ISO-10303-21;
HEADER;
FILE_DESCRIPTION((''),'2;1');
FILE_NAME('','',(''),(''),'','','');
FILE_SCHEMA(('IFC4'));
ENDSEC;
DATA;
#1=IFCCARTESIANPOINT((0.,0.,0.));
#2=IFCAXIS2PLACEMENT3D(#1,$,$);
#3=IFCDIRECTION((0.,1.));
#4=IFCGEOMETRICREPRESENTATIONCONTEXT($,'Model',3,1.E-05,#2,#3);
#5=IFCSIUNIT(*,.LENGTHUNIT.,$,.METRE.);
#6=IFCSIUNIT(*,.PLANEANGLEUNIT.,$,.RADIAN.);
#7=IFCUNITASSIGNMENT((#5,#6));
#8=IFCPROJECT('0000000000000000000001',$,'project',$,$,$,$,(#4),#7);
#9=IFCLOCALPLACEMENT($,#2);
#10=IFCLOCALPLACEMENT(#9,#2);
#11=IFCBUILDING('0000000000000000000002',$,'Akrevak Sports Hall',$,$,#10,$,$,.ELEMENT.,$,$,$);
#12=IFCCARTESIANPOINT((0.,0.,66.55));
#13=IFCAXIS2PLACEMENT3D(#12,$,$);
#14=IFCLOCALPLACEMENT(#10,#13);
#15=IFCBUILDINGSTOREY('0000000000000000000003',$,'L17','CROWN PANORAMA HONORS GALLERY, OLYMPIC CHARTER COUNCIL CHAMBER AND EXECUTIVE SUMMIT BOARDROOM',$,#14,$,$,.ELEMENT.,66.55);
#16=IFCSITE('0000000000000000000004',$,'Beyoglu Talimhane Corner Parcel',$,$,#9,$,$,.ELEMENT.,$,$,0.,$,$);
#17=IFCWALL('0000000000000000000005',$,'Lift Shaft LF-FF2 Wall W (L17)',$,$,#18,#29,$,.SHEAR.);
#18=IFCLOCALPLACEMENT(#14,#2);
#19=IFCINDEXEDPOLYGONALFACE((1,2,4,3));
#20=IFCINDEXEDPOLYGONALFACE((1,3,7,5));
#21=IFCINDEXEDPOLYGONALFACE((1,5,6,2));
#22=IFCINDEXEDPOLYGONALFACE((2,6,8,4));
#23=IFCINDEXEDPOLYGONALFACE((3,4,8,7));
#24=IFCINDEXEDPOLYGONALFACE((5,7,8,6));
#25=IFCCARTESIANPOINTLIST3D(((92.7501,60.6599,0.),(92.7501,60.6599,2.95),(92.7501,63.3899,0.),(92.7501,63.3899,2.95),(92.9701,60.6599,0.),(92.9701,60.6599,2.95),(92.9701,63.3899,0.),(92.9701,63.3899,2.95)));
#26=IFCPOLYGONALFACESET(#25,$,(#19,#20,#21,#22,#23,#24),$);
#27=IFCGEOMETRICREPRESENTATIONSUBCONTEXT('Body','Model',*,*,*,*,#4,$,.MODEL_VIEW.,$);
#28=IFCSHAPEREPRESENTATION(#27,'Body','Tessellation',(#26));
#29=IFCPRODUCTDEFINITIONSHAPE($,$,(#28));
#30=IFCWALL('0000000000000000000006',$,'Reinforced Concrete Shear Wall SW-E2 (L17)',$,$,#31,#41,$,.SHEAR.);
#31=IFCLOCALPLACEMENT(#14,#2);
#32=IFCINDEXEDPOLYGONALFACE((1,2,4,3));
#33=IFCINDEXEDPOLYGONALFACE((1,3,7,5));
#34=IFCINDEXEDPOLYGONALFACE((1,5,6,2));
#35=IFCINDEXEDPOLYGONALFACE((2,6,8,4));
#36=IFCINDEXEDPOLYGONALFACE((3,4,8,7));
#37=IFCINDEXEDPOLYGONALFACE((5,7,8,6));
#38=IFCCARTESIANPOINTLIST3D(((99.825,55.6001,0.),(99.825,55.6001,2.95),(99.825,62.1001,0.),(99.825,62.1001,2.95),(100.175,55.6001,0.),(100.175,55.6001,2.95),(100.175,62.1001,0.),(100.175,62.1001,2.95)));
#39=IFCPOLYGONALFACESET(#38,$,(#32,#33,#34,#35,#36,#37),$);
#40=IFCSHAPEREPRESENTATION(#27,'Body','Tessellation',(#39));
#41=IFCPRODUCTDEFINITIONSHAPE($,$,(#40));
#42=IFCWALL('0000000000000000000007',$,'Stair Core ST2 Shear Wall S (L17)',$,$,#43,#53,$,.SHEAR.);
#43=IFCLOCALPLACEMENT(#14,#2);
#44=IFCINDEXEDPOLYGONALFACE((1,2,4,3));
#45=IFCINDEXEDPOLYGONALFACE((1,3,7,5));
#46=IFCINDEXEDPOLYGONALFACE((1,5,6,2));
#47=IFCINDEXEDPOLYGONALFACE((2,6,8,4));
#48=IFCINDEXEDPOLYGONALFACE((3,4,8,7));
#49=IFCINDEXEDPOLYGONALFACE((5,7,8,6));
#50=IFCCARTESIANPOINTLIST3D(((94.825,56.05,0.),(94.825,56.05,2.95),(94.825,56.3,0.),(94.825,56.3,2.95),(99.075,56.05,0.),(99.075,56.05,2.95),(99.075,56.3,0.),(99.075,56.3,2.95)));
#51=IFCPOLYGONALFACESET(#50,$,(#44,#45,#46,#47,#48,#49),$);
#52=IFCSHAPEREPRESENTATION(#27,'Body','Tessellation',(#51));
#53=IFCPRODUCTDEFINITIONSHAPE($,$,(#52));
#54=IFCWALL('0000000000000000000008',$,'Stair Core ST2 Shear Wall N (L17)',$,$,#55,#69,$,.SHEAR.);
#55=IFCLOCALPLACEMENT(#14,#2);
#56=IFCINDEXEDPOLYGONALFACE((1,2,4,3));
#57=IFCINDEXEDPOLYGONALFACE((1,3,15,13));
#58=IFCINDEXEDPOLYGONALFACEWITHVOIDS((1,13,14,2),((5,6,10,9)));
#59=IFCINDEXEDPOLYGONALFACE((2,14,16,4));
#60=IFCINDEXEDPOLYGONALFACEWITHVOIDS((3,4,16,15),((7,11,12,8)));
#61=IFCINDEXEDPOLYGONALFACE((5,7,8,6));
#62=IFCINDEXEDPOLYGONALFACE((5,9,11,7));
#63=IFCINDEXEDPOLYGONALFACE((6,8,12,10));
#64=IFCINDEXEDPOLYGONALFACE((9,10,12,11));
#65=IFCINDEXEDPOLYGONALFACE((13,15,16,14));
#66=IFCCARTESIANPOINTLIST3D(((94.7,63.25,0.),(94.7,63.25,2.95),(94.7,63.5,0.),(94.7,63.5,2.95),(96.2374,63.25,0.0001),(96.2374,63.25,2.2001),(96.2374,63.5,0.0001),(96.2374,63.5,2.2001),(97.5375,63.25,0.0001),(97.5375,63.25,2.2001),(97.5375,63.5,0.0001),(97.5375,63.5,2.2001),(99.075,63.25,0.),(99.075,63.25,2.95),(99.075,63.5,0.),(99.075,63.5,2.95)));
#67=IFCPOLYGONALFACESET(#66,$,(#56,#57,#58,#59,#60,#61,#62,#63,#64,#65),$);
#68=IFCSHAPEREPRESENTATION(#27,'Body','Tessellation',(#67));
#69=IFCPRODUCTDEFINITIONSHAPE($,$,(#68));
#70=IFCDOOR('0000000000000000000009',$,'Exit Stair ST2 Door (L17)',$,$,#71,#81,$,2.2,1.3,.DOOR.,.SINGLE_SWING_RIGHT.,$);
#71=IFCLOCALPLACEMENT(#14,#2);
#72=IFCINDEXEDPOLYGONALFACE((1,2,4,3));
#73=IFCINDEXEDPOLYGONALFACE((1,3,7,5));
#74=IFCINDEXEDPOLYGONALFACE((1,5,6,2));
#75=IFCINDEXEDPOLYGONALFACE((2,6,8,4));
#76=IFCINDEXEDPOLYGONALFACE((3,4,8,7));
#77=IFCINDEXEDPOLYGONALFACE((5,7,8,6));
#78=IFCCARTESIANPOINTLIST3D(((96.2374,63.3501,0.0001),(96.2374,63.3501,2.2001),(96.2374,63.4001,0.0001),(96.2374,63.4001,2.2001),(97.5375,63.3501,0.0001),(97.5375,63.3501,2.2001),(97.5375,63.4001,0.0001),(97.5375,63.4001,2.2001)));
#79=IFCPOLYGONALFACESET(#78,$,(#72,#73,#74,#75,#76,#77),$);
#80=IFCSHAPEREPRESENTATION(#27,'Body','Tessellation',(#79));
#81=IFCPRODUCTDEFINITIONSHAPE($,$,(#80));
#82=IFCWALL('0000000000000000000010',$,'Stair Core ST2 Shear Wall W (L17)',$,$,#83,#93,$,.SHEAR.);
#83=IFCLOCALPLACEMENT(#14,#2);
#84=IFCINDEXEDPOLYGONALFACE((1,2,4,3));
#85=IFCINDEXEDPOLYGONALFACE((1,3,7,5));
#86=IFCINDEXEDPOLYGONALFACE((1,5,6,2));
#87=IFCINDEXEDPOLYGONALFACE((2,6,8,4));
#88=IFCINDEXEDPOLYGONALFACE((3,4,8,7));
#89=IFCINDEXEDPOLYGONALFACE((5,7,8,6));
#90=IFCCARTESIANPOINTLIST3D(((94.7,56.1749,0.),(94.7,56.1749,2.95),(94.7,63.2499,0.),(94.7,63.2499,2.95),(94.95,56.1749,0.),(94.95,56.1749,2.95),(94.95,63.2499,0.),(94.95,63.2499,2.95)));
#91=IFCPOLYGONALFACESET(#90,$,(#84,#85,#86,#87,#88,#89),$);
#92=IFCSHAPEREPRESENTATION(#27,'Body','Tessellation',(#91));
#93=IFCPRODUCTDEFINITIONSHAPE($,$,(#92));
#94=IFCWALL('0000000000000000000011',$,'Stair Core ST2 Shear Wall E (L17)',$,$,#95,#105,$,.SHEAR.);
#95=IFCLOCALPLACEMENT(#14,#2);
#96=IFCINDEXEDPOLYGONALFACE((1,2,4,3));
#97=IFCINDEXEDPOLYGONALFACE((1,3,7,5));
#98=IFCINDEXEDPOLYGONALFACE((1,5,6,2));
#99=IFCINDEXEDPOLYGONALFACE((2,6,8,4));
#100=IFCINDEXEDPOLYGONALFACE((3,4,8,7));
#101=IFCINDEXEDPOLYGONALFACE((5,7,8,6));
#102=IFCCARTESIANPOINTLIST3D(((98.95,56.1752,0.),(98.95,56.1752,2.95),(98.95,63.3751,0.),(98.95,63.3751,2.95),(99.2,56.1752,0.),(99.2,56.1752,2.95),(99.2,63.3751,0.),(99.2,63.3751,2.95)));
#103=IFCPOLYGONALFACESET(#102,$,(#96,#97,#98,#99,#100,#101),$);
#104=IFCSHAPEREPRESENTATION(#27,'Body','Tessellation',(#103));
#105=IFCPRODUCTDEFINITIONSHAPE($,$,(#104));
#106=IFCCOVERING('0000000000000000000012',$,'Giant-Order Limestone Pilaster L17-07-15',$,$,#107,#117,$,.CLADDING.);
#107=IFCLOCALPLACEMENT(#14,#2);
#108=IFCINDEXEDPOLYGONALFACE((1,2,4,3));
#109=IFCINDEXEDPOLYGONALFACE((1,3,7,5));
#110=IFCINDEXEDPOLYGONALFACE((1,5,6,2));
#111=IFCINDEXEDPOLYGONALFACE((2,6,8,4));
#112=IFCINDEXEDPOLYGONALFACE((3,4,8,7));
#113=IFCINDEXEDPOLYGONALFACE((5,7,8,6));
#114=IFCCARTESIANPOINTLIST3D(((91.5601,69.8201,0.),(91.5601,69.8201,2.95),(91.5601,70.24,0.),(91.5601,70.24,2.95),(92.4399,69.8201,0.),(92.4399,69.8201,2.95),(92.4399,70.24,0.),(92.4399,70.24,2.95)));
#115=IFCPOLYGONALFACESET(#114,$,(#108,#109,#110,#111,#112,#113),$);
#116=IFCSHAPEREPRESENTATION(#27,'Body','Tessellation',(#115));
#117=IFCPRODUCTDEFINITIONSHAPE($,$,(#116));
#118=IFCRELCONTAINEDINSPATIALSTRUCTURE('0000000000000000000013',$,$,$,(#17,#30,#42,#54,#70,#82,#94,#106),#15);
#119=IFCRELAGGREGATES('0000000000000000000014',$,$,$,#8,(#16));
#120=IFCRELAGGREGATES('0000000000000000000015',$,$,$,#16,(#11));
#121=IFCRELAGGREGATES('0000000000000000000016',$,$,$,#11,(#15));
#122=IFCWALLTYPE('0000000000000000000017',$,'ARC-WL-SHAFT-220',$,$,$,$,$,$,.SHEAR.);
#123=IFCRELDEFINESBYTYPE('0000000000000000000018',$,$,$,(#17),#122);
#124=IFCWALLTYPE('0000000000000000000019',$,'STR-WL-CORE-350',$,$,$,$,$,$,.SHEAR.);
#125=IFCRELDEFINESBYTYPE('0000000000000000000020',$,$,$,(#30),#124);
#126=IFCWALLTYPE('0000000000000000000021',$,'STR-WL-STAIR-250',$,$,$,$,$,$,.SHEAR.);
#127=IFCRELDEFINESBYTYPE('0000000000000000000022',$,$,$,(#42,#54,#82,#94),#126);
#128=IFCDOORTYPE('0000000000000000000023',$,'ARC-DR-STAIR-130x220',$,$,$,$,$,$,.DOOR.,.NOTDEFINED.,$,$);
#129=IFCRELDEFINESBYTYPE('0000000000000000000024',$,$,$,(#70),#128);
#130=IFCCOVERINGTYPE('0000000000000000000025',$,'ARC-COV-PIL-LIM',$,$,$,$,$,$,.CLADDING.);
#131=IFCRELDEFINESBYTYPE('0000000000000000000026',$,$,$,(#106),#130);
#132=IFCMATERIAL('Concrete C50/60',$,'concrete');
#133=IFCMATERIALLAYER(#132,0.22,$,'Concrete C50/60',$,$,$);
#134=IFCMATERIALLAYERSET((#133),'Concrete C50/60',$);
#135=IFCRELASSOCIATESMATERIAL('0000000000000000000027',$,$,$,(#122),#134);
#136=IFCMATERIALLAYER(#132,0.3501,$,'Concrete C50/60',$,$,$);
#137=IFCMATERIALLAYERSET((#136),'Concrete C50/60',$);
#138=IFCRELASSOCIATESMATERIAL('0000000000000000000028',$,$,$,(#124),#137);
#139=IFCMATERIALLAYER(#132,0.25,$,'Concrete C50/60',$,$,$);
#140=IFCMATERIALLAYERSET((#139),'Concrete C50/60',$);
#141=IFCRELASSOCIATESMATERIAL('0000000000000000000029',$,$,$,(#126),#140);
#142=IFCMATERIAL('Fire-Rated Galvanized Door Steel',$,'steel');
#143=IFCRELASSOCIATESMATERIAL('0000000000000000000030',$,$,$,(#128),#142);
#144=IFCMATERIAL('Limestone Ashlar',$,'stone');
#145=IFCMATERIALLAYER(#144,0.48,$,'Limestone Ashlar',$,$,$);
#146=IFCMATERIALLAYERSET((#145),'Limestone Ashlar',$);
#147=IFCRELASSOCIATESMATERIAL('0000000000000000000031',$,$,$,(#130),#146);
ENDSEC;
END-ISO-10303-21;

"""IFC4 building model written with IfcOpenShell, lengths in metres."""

from ifc_helpers import new_model, si_unit, direction, frame, frame_2d, origin, origin_2d, place, context, subcontext, project, spatial, rectangle, extrude, material, layer, layer_set, type_object, element, fill, save


model = new_model("IFC4")

# Units and contexts
model_context = context("Model", 3, precision=1e-05, world=origin(), true_north=direction((0.0, 1.0)))
body_context = subcontext(model_context, "Body", "Model", "MODEL_VIEW")
ifc_project = project(units=[si_unit("LENGTHUNIT", "METRE"), si_unit("PLANEANGLEUNIT", "RADIAN")], contexts=[model_context])

# Site, building, storey
site_placement = place(None, origin())
site = spatial("IfcSite", under=ifc_project, at=site_placement, Name="Beyoglu Talimhane Corner Parcel", CompositionType="ELEMENT", RefElevation=0.0)
building_placement = place(site_placement, origin())
building = spatial("IfcBuilding", under=site, at=building_placement, Name="Akrevak Sports Hall", CompositionType="ELEMENT")
storey_placement = place(building_placement, frame((0.0, 0.0, 66.55)))
storey = spatial("IfcBuildingStorey", under=building, at=storey_placement, Name="L17", Description="CROWN PANORAMA HONORS GALLERY, OLYMPIC CHARTER COUNCIL CHAMBER AND EXECUTIVE SUMMIT BOARDROOM", CompositionType="ELEMENT", Elevation=66.55)

# Shared definitions
ifc_material_1 = material(Name="Limestone Ashlar", Category="stone")

# Shared definitions
ifc_material_2 = material(Name="Fire-Rated Galvanized Door Steel", Category="steel")

# Shared definitions
ifc_material_3 = material(Name="Concrete C50/60", Category="concrete")
ifc_layer_1 = layer(ifc_material_3, 0.22, Name="Concrete C50/60")
ifc_layer_set_1 = layer_set([ifc_layer_1], Name="Concrete C50/60")
wall_type_1 = type_object("IfcWallType", Name="ARC-WL-SHAFT-220", PredefinedType="SHEAR", material=ifc_layer_set_1)

# Walls
wall_1_placement = place(storey_placement, frame((92.8601, 63.3899, 0.0), z_axis=(0.0, 0.0, 1.0), x_axis=(0.0, -1.0, 0.0)))
element("IfcWall", 1, at=wall_1_placement, inside=storey, type_object=wall_type_1, Name="Lift Shaft LF-FF2 Wall W (L17)", PredefinedType="SHEAR", context=body_context, shape_type="SweptSolid", body=[
    extrude(rectangle(XDim=2.73, YDim=0.22, at=frame_2d((1.365, 0.0))), origin(), (0.0, 0.0, 1.0), 2.95),
])
ifc_layer_2 = layer(ifc_material_3, 0.3501, Name="Concrete C50/60")
ifc_layer_set_2 = layer_set([ifc_layer_2], Name="Concrete C50/60")
wall_type_2 = type_object("IfcWallType", Name="STR-WL-CORE-350", PredefinedType="SHEAR", material=ifc_layer_set_2)
wall_2_placement = place(storey_placement, frame((100.0, 55.6001, 0.0), z_axis=(0.0, 0.0, 1.0), x_axis=(0.0, 1.0, 0.0)))
element("IfcWall", 2, at=wall_2_placement, inside=storey, type_object=wall_type_2, Name="Reinforced Concrete Shear Wall SW-E2 (L17)", PredefinedType="SHEAR", context=body_context, shape_type="SweptSolid", body=[
    extrude(rectangle(XDim=6.5, YDim=0.3501, at=frame_2d((3.25, 0.0))), origin(), (0.0, 0.0, 1.0), 2.95),
])
ifc_layer_3 = layer(ifc_material_3, 0.25, Name="Concrete C50/60")
ifc_layer_set_3 = layer_set([ifc_layer_3], Name="Concrete C50/60")
wall_type_3 = type_object("IfcWallType", Name="STR-WL-STAIR-250", PredefinedType="SHEAR", material=ifc_layer_set_3)
wall_3_placement = place(storey_placement, frame((94.825, 56.175, 0.0), z_axis=(0.0, 0.0, 1.0), x_axis=(1.0, 0.0, 0.0)))
element("IfcWall", 3, at=wall_3_placement, inside=storey, type_object=wall_type_3, Name="Stair Core ST2 Shear Wall S (L17)", PredefinedType="SHEAR", context=body_context, shape_type="SweptSolid", body=[
    extrude(rectangle(XDim=4.25, YDim=0.25, at=frame_2d((2.125, 0.0))), origin(), (0.0, 0.0, 1.0), 2.95),
])

# Wall, opening, door
wall_4_placement = place(storey_placement, frame((99.075, 63.375, 0.0), z_axis=(0.0, 0.0, 1.0), x_axis=(-1.0, 0.0, 0.0)))
wall_4 = element("IfcWall", 4, at=wall_4_placement, inside=storey, type_object=wall_type_3, Name="Stair Core ST2 Shear Wall N (L17)", PredefinedType="SHEAR", context=body_context, shape_type="SweptSolid", body=[
    extrude(rectangle(XDim=4.375, YDim=0.25, at=frame_2d((2.1875, 0.0))), origin(), (0.0, 0.0, 1.0), 2.95),
])
opening_1_placement = place(wall_4_placement, frame((1.5376, 0.0, 0.0)))
opening_1 = element("IfcOpeningElement", 5, at=opening_1_placement, cuts=wall_4, PredefinedType="OPENING", context=body_context, shape_type="SweptSolid", body=[
    extrude(rectangle(XDim=1.3, YDim=2.2, at=frame_2d((0.6499, 1.1001))), frame((0.0, 0.137, 0.0), z_axis=(0.0, -1.0, 0.0), x_axis=(1.0, 0.0, 0.0)), (0.0, 0.0, 1.0), 0.2739),
])
door_type_1 = type_object("IfcDoorType", Name="ARC-DR-STAIR-130x220", OperationType="NOTDEFINED", PredefinedType="DOOR", material=ifc_material_2)
door_1_placement = place(opening_1_placement, origin())
door_1 = element("IfcDoor", 6, at=door_1_placement, inside=storey, type_object=door_type_1, Name="Exit Stair ST2 Door (L17)", OperationType="SINGLE_SWING_RIGHT", OverallHeight=2.2, OverallWidth=1.3, PredefinedType="DOOR", context=body_context, shape_type="SweptSolid", body=[
    extrude(rectangle(XDim=1.3, YDim=2.2, at=frame_2d((0.6499, 1.1001))), frame((0.0, 0.0249, 0.0), z_axis=(0.0, -1.0, 0.0), x_axis=(1.0, 0.0, 0.0)), (0.0, 0.0, 1.0), 0.05),
])
fill(opening_1, door_1)

# Walls
wall_5_placement = place(storey_placement, frame((94.825, 63.25, 0.0), z_axis=(0.0, 0.0, 1.0), x_axis=(0.0, -1.0, 0.0)))
element("IfcWall", 7, at=wall_5_placement, inside=storey, type_object=wall_type_3, Name="Stair Core ST2 Shear Wall W (L17)", PredefinedType="SHEAR", context=body_context, shape_type="SweptSolid", body=[
    extrude(rectangle(XDim=7.075, YDim=0.25, at=frame_2d((3.5376, 0.0))), origin(), (0.0, 0.0, 1.0), 2.95),
])
wall_6_placement = place(storey_placement, frame((99.075, 56.175, 0.0), z_axis=(0.0, 0.0, 1.0), x_axis=(0.0, 1.0, 0.0)))
element("IfcWall", 8, at=wall_6_placement, inside=storey, type_object=wall_type_3, Name="Stair Core ST2 Shear Wall E (L17)", PredefinedType="SHEAR", context=body_context, shape_type="SweptSolid", body=[
    extrude(rectangle(XDim=7.2, YDim=0.25, at=frame_2d((3.6001, 0.0))), origin(), (0.0, 0.0, 1.0), 2.95),
])

# Covering
ifc_layer_4 = layer(ifc_material_1, 0.48, Name="Limestone Ashlar")
ifc_layer_set_4 = layer_set([ifc_layer_4], Name="Limestone Ashlar")
covering_type = type_object("IfcCoveringType", Name="ARC-COV-PIL-LIM", PredefinedType="CLADDING", material=ifc_layer_set_4)
covering_placement = place(storey_placement, frame((92.0, 70.03, 0.0), z_axis=(0.0, 0.0, 1.0), x_axis=(-1.0, 0.0, 0.0)))
element("IfcCovering", 9, at=covering_placement, inside=storey, type_object=covering_type, Name="Giant-Order Limestone Pilaster L17-07-15", PredefinedType="CLADDING", context=body_context, shape_type="SweptSolid", body=[
    extrude(rectangle(XDim=0.8799, YDim=0.4199, at=origin_2d()), origin(), (0.0, 0.0, 1.0), 2.95),
])

save(model, "model.ifc")
